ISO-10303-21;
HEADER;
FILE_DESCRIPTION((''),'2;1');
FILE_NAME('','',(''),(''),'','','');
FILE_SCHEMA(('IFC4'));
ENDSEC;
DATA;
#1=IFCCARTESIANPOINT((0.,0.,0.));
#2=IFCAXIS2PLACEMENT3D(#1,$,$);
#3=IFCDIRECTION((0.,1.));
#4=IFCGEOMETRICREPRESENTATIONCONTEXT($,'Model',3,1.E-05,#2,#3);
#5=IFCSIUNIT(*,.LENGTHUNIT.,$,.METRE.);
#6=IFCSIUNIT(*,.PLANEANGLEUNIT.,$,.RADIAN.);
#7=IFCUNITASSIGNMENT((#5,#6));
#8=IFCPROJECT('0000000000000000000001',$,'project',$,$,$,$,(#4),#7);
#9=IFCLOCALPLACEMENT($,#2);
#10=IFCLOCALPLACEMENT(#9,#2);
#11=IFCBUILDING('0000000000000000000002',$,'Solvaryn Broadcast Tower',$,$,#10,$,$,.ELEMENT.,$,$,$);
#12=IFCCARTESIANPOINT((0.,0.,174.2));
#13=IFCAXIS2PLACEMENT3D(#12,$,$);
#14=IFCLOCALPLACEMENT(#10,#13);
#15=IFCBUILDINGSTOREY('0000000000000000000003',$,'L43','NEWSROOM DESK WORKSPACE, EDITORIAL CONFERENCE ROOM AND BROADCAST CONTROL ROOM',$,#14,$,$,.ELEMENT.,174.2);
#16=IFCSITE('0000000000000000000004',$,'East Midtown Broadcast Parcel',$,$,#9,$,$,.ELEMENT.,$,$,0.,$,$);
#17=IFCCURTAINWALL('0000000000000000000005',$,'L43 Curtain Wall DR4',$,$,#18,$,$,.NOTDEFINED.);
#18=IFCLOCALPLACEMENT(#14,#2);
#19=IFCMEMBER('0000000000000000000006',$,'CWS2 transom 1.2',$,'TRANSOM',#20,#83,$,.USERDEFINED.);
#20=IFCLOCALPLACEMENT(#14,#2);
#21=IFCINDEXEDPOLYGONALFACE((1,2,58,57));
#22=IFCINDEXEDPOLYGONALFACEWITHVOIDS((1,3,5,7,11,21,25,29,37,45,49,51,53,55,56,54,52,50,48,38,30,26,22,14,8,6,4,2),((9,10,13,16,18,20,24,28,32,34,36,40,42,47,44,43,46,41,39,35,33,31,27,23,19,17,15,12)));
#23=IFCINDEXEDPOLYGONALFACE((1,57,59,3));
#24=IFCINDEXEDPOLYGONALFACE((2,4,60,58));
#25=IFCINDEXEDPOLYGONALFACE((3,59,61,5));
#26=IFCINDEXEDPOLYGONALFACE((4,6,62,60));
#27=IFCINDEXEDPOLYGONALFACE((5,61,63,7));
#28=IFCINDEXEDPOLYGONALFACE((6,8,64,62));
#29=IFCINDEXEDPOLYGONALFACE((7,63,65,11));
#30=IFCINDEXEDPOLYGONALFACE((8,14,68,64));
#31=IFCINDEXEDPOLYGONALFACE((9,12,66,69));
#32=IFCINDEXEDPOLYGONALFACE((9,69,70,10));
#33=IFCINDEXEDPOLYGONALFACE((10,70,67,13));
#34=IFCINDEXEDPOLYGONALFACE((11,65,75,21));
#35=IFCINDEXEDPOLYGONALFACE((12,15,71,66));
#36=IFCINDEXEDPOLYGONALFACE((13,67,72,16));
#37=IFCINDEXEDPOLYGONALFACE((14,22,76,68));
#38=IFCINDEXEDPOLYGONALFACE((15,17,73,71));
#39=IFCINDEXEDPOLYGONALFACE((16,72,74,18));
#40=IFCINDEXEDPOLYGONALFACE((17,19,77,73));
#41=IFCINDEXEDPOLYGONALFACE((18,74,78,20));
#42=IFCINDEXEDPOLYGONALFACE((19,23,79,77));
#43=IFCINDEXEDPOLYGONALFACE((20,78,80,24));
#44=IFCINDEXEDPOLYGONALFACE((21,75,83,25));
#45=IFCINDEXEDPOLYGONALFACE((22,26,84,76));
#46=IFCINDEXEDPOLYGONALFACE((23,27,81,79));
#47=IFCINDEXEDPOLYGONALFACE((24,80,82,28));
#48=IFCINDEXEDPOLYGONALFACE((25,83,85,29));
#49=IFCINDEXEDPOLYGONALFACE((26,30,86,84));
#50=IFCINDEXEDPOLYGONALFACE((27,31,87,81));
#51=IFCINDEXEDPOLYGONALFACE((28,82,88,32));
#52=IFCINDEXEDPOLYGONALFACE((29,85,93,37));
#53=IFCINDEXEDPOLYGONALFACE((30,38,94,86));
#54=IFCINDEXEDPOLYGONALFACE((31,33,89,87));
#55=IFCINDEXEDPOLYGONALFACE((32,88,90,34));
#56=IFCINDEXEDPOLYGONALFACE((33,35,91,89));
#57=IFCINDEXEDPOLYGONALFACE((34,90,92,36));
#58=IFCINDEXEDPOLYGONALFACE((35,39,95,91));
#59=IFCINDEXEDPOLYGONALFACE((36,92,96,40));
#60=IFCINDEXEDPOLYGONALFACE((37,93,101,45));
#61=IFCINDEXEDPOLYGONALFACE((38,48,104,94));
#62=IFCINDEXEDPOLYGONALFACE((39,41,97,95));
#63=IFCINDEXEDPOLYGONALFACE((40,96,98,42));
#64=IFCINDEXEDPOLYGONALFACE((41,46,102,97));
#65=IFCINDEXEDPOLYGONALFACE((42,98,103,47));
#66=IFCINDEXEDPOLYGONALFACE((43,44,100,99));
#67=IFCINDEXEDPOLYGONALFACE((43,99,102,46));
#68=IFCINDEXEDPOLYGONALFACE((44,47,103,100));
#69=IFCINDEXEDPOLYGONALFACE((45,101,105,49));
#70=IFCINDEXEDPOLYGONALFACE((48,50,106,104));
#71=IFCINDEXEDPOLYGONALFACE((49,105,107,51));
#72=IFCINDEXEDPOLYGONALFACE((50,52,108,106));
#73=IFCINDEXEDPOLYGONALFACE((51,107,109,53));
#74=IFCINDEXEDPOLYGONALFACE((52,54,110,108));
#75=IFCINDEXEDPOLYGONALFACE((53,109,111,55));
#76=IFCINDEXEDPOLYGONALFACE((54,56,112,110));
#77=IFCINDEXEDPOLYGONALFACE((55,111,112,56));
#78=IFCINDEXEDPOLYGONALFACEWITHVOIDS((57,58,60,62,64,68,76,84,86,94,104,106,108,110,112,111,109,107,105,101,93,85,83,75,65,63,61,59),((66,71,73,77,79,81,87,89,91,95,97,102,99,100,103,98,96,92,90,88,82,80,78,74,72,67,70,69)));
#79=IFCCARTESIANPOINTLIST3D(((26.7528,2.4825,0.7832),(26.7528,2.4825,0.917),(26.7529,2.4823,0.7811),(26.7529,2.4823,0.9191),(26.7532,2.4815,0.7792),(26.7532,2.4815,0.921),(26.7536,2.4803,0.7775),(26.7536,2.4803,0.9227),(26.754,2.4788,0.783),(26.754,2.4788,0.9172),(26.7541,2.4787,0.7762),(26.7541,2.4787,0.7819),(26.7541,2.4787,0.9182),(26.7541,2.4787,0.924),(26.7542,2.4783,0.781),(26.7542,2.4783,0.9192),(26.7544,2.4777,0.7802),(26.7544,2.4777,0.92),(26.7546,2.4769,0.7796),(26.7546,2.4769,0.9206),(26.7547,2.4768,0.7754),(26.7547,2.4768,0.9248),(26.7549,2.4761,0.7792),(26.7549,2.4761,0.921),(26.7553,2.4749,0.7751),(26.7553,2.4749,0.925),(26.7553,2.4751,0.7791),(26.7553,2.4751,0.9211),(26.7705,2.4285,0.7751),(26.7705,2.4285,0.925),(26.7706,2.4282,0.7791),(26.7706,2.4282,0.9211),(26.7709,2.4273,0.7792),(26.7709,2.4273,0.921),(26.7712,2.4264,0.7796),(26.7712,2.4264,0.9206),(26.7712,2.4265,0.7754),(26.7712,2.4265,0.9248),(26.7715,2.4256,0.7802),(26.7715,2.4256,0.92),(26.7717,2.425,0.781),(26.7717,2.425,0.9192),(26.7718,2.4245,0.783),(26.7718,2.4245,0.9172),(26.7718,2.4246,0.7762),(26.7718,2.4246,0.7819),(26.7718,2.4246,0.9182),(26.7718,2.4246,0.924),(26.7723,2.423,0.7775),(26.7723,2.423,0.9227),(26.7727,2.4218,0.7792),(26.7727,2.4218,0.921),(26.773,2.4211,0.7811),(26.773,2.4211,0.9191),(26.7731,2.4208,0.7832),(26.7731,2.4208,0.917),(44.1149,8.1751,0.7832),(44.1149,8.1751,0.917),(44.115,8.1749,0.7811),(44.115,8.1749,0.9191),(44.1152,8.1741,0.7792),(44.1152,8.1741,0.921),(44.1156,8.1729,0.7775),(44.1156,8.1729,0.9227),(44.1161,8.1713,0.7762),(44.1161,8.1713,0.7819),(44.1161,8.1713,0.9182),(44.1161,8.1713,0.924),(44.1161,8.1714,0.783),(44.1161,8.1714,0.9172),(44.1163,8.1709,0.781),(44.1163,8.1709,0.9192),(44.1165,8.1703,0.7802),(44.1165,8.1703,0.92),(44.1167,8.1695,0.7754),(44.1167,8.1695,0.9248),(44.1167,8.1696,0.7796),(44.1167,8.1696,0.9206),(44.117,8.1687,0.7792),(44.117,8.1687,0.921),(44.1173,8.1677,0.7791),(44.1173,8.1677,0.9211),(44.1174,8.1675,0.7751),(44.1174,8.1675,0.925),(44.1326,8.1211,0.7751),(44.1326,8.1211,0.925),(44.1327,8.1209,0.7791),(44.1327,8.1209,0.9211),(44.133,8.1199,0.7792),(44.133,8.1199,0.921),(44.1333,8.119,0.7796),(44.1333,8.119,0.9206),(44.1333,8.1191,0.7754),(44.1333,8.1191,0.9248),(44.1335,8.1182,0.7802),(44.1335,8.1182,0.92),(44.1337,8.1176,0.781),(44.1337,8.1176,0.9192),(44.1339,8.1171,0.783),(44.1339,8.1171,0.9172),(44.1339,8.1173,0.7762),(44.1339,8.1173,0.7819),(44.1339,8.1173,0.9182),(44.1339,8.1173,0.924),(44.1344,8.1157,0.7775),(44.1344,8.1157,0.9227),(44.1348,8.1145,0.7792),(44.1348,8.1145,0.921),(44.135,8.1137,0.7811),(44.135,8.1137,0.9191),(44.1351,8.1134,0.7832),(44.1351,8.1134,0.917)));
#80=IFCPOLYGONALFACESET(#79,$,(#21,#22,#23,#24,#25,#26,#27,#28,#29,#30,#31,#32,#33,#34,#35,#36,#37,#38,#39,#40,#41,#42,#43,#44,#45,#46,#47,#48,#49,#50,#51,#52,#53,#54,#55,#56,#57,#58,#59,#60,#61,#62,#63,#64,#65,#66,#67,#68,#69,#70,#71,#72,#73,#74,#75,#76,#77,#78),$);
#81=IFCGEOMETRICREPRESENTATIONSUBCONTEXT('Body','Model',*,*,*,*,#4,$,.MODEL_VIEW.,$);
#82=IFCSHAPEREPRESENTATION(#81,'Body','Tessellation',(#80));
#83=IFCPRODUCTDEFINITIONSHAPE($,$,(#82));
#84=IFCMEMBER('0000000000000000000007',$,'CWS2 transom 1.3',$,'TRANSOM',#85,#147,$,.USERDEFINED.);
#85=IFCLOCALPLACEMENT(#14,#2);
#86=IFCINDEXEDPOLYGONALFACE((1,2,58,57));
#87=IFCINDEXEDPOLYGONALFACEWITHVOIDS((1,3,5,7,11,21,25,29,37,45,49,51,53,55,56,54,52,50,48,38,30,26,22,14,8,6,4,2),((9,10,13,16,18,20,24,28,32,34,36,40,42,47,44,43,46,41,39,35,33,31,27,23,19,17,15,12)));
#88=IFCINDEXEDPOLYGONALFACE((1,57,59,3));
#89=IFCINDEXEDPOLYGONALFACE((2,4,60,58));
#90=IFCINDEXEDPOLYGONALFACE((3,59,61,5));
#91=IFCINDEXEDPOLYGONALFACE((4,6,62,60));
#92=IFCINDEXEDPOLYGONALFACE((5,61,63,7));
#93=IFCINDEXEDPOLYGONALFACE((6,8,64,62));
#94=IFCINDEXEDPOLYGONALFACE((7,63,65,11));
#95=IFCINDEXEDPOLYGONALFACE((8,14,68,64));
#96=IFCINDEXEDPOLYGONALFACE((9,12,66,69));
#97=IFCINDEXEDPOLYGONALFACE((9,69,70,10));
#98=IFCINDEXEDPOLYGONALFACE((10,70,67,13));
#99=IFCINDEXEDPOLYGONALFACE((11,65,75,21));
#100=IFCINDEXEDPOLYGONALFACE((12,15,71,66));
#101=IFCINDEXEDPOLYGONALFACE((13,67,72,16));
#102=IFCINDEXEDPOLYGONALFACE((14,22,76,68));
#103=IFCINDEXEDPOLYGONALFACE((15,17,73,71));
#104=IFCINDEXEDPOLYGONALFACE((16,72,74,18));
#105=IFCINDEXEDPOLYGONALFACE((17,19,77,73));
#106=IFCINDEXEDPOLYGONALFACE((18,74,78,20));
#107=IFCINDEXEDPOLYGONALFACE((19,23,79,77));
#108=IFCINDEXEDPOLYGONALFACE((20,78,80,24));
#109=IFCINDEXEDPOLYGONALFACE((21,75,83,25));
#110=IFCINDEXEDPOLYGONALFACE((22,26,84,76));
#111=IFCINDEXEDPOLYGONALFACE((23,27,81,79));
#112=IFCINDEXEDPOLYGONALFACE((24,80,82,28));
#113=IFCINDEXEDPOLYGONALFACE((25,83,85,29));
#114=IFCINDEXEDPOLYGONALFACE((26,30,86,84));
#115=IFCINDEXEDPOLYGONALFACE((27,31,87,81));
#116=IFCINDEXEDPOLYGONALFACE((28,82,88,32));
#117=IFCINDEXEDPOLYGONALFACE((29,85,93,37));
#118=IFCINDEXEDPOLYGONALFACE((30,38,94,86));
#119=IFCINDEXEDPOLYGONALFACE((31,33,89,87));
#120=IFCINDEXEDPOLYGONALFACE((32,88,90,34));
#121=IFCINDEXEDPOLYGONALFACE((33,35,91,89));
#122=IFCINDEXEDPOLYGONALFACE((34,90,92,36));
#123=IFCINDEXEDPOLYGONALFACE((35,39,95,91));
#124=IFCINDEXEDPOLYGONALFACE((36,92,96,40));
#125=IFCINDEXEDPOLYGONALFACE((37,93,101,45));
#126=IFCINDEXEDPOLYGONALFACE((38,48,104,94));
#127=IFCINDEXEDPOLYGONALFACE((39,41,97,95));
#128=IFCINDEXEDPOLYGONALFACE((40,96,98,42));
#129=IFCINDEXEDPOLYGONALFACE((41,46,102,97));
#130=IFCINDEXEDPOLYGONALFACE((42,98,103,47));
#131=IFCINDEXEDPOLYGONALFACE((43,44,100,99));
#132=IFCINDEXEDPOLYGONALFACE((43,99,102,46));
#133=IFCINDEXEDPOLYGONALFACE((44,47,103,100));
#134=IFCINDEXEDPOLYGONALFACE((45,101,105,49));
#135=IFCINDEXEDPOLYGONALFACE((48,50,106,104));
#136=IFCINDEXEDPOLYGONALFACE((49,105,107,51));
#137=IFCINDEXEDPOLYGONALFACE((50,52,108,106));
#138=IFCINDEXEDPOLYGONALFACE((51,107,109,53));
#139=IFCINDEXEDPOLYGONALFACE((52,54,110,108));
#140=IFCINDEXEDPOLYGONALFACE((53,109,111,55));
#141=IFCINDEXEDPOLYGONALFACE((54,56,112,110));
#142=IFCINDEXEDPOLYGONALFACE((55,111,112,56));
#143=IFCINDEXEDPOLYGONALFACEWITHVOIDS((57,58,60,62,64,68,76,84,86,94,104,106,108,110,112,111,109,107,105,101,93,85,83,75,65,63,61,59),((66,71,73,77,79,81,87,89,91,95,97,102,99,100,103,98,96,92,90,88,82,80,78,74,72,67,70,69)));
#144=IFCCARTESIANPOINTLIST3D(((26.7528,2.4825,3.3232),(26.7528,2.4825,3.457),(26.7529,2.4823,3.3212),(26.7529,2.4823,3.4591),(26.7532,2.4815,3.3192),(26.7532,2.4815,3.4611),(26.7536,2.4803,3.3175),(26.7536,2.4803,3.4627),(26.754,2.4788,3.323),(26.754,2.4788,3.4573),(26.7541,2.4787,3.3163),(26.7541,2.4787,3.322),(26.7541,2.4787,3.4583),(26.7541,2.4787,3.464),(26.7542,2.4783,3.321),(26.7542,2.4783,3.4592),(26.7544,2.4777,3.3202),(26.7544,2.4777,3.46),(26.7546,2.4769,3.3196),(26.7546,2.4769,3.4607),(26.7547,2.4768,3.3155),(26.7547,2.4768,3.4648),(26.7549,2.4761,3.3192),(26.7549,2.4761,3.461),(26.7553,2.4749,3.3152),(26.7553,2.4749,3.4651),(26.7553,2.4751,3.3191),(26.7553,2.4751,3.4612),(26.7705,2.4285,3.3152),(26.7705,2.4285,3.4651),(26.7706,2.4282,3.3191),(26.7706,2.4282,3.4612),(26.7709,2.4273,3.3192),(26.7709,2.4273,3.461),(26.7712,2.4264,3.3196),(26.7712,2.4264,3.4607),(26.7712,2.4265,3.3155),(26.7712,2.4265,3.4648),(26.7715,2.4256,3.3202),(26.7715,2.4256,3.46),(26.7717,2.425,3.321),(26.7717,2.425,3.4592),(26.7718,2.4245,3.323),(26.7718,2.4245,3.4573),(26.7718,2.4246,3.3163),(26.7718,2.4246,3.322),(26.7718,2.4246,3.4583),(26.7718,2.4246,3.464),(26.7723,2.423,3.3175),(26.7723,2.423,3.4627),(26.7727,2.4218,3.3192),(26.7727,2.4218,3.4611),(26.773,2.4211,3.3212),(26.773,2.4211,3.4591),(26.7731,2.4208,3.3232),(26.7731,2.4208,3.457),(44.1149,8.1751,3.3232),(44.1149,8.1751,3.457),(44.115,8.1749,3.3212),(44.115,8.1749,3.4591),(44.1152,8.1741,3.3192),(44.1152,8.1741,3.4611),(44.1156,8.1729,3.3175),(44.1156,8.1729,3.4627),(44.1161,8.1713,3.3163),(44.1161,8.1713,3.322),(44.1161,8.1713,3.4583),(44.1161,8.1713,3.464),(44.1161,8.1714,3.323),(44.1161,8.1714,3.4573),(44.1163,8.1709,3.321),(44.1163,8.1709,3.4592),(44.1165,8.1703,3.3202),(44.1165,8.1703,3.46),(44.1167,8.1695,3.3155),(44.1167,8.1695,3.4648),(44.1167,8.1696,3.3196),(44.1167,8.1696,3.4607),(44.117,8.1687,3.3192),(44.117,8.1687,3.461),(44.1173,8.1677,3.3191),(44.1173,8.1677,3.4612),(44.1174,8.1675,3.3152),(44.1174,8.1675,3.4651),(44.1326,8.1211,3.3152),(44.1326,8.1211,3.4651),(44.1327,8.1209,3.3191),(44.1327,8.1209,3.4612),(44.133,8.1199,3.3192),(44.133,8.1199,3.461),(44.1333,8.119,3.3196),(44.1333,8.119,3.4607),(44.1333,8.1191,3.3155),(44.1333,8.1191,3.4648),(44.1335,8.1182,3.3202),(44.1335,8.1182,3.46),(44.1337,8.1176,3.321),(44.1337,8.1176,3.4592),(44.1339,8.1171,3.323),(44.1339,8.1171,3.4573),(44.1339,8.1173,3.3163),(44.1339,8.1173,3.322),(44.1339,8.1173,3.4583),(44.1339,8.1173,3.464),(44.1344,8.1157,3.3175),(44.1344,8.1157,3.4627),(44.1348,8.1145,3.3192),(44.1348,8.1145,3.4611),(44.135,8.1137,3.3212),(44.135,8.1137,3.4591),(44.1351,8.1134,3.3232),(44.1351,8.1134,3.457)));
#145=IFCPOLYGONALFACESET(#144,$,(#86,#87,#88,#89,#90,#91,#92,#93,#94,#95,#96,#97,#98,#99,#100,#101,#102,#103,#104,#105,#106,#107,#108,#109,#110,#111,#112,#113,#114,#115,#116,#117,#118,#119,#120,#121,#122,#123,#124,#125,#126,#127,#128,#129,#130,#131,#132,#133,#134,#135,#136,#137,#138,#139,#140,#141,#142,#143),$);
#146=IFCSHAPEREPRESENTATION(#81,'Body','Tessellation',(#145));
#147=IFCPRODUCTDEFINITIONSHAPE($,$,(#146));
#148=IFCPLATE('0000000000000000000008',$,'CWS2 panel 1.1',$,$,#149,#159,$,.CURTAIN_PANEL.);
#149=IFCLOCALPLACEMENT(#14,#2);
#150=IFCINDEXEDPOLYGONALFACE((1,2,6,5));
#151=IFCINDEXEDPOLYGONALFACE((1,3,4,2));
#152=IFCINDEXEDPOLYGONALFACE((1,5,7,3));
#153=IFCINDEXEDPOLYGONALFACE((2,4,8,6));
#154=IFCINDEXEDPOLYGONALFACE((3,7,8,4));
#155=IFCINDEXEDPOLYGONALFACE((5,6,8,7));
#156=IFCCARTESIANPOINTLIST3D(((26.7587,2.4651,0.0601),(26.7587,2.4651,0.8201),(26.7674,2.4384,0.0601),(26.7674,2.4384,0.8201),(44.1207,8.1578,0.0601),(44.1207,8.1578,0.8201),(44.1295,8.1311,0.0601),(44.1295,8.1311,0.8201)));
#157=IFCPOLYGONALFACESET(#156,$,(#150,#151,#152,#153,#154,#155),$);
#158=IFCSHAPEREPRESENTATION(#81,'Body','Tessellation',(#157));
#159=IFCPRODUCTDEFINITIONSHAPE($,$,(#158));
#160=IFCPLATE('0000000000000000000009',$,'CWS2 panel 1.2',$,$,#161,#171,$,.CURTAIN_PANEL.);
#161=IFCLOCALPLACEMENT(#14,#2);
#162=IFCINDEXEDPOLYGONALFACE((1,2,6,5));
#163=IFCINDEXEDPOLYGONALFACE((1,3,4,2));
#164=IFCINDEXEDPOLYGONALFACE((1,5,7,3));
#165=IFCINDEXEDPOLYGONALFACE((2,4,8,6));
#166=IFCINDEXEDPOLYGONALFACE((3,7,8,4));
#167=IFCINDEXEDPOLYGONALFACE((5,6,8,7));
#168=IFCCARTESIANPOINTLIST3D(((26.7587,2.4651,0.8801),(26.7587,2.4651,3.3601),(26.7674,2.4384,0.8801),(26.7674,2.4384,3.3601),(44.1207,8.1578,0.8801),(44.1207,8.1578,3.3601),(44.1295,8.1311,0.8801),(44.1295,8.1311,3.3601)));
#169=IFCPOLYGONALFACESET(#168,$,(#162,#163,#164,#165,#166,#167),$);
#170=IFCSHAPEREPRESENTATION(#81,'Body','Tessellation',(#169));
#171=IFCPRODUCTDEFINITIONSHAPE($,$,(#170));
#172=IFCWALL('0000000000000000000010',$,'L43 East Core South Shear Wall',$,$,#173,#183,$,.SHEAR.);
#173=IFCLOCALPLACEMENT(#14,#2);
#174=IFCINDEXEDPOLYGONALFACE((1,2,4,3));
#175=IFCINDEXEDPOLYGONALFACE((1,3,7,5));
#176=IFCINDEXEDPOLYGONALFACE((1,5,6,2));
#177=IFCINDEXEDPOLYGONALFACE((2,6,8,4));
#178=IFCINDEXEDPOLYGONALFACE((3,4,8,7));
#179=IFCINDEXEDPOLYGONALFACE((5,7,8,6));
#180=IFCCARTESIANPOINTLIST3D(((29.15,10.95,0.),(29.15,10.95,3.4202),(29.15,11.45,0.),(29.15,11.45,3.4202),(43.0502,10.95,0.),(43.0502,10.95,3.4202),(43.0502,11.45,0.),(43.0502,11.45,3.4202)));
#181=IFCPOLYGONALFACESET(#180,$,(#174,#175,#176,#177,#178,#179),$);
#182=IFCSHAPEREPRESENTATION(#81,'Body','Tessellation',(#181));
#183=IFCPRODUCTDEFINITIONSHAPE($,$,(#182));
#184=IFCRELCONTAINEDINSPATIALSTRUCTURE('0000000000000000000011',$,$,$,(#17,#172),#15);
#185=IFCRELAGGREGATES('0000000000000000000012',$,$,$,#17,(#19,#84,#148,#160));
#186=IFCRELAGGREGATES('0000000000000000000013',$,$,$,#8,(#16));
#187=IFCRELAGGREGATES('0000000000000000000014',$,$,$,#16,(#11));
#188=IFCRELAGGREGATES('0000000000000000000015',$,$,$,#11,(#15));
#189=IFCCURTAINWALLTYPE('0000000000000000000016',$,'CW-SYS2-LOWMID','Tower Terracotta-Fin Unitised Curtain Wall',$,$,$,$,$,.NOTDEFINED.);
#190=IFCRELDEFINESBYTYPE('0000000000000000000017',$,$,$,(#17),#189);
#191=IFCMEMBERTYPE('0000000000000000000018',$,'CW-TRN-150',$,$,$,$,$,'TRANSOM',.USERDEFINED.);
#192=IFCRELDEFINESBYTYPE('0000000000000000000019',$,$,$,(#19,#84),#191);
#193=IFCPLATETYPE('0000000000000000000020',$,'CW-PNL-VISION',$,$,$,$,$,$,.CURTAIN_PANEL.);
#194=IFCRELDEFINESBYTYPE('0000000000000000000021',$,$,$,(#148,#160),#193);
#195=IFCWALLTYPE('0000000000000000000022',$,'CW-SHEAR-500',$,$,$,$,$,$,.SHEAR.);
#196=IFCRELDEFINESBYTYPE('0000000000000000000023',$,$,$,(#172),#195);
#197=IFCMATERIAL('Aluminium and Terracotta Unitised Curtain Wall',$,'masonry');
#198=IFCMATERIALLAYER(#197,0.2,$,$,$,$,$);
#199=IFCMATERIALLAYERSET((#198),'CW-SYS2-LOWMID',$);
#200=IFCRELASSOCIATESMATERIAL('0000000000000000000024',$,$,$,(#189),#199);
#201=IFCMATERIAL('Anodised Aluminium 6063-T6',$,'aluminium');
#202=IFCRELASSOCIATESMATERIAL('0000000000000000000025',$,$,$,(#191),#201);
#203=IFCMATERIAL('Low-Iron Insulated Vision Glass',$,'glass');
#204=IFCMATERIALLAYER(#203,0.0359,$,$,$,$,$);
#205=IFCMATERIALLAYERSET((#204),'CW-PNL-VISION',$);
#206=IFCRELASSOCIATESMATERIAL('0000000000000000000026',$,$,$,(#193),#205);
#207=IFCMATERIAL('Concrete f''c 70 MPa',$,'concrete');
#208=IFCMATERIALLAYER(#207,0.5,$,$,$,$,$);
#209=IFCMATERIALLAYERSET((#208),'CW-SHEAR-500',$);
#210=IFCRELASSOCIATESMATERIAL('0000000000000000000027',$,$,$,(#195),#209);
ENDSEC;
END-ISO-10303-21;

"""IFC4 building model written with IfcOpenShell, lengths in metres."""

from ifc_helpers import new_model, si_unit, direction, frame, frame_2d, origin, origin_2d, place, context, subcontext, project, spatial, rectangle, hollow_rectangle, extrude, material, layer, layer_set, material_profile, profile_set, type_object, element, aggregate, save


model = new_model("IFC4")

# Units and contexts
model_context = context("Model", 3, precision=1e-05, world=origin(), true_north=direction((0.0, 1.0)))
body_context = subcontext(model_context, "Body", "Model", "MODEL_VIEW")
ifc_project = project(units=[si_unit("LENGTHUNIT", "METRE"), si_unit("PLANEANGLEUNIT", "RADIAN")], contexts=[model_context])

# Site, building, storey
site_placement = place(None, origin())
site = spatial("IfcSite", under=ifc_project, at=site_placement, Name="East Midtown Broadcast Parcel", CompositionType="ELEMENT", RefElevation=0.0)
building_placement = place(site_placement, origin())
building = spatial("IfcBuilding", under=site, at=building_placement, Name="Solvaryn Broadcast Tower", CompositionType="ELEMENT")
storey_placement = place(building_placement, frame((0.0, 0.0, 174.2)))
storey = spatial("IfcBuildingStorey", under=building, at=storey_placement, Name="L43", Description="NEWSROOM DESK WORKSPACE, EDITORIAL CONFERENCE ROOM AND BROADCAST CONTROL ROOM", CompositionType="ELEMENT", Elevation=174.2)

# Shared definitions
ifc_material_1 = material(Name="Aluminium and Terracotta Unitised Curtain Wall", Category="masonry")
ifc_layer_1 = layer(ifc_material_1, 0.2)
ifc_layer_set_1 = layer_set([ifc_layer_1], Name="CW-SYS2-LOWMID")
curtain_wall_type = type_object("IfcCurtainWallType", Name="CW-SYS2-LOWMID", Description="Tower Terracotta-Fin Unitised Curtain Wall", PredefinedType="NOTDEFINED", material=ifc_layer_set_1)

# Curtain wall, members, plates
curtain_wall_1_placement = place(storey_placement, origin())
curtain_wall_1 = element("IfcCurtainWall", 1, at=curtain_wall_1_placement, inside=storey, type_object=curtain_wall_type, Name="L43 Curtain Wall DR4", PredefinedType="NOTDEFINED")
ifc_material_2 = material(Name="Anodised Aluminium 6063-T6", Category="aluminium")
ifc_material_profile_1 = material_profile(ifc_material_2, hollow_rectangle(XDim=0.0649, YDim=0.1499, WallThickness=0.0039, InnerFilletRadius=0.0039, OuterFilletRadius=0.0081, at=origin_2d()))
ifc_profile_set_1 = profile_set([ifc_material_profile_1], Name="Anodised Aluminium 6063-T6")
member_type_1 = type_object("IfcMemberType", Name="CW-TRN-150", ElementType="TRANSOM", PredefinedType="USERDEFINED", material=ifc_profile_set_1)
member_1_placement = place(storey_placement, frame((26.7629, 2.4517, 0.8501), z_axis=(0.950227, 0.311558, 0.0), x_axis=(-0.311558, 0.950227, 0.0)))
member_1 = element("IfcMember", 2, at=member_1_placement, type_object=member_type_1, Name="CWS2 transom 1.2", ObjectType="TRANSOM", PredefinedType="USERDEFINED", context=body_context, shape_type="SweptSolid", body=[
    extrude(hollow_rectangle(XDim=0.0649, YDim=0.1499, WallThickness=0.0039, InnerFilletRadius=0.0039, OuterFilletRadius=0.0081, at=origin_2d()), origin(), (0.0, 0.0, 1.0), 18.2715),
])
member_2_placement = place(storey_placement, frame((26.7629, 2.4517, 3.3901), z_axis=(0.950227, 0.311558, 0.0), x_axis=(-0.311558, 0.950227, 0.0)))
member_2 = element("IfcMember", 3, at=member_2_placement, type_object=member_type_1, Name="CWS2 transom 1.3", ObjectType="TRANSOM", PredefinedType="USERDEFINED", context=body_context, shape_type="SweptSolid", body=[
    extrude(hollow_rectangle(XDim=0.0649, YDim=0.1499, WallThickness=0.0039, InnerFilletRadius=0.0039, OuterFilletRadius=0.0081, at=origin_2d()), origin(), (0.0, 0.0, 1.0), 18.2715),
])
ifc_material_3 = material(Name="Low-Iron Insulated Vision Glass", Category="glass")
ifc_layer_2 = layer(ifc_material_3, 0.0359)
ifc_layer_set_2 = layer_set([ifc_layer_2], Name="CW-PNL-VISION")
plate_type = type_object("IfcPlateType", Name="CW-PNL-VISION", PredefinedType="CURTAIN_PANEL", material=ifc_layer_set_2)
plate_1_placement = place(storey_placement, frame((35.4441, 5.2981, 0.0601), z_axis=(0.0, 0.0, 1.0), x_axis=(0.950227, 0.311559, 0.0)))
plate_1 = element("IfcPlate", 4, at=plate_1_placement, type_object=plate_type, Name="CWS2 panel 1.1", PredefinedType="CURTAIN_PANEL", context=body_context, shape_type="SweptSolid", body=[
    extrude(rectangle(XDim=18.2715, YDim=0.0281, at=origin_2d()), origin(), (0.0, 0.0, 1.0), 0.76),
])
plate_2_placement = place(storey_placement, frame((35.4441, 5.2981, 0.8801), z_axis=(0.0, 0.0, 1.0), x_axis=(0.950227, 0.311559, 0.0)))
plate_2 = element("IfcPlate", 5, at=plate_2_placement, type_object=plate_type, Name="CWS2 panel 1.2", PredefinedType="CURTAIN_PANEL", context=body_context, shape_type="SweptSolid", body=[
    extrude(rectangle(XDim=18.2715, YDim=0.0281, at=origin_2d()), origin(), (0.0, 0.0, 1.0), 2.48),
])
aggregate(curtain_wall_1, [member_1, member_2, plate_1, plate_2])

# Wall
ifc_material_4 = material(Name="Concrete f'c 70 MPa", Category="concrete")
ifc_layer_3 = layer(ifc_material_4, 0.5)
ifc_layer_set_3 = layer_set([ifc_layer_3], Name="CW-SHEAR-500")
wall_type_1 = type_object("IfcWallType", Name="CW-SHEAR-500", PredefinedType="SHEAR", material=ifc_layer_set_3)
wall_1_placement = place(storey_placement, frame((29.1499, 11.2, 0.0), z_axis=(0.0, 0.0, 1.0), x_axis=(1.0, 0.0, 0.0)))
element("IfcWall", 6, at=wall_1_placement, inside=storey, type_object=wall_type_1, Name="L43 East Core South Shear Wall", PredefinedType="SHEAR", context=body_context, shape_type="SweptSolid", body=[
    extrude(rectangle(XDim=13.9001, YDim=0.5, at=frame_2d((6.9502, 0.0))), origin(), (0.0, 0.0, 1.0), 3.4202),
])

save(model, "model.ifc")
